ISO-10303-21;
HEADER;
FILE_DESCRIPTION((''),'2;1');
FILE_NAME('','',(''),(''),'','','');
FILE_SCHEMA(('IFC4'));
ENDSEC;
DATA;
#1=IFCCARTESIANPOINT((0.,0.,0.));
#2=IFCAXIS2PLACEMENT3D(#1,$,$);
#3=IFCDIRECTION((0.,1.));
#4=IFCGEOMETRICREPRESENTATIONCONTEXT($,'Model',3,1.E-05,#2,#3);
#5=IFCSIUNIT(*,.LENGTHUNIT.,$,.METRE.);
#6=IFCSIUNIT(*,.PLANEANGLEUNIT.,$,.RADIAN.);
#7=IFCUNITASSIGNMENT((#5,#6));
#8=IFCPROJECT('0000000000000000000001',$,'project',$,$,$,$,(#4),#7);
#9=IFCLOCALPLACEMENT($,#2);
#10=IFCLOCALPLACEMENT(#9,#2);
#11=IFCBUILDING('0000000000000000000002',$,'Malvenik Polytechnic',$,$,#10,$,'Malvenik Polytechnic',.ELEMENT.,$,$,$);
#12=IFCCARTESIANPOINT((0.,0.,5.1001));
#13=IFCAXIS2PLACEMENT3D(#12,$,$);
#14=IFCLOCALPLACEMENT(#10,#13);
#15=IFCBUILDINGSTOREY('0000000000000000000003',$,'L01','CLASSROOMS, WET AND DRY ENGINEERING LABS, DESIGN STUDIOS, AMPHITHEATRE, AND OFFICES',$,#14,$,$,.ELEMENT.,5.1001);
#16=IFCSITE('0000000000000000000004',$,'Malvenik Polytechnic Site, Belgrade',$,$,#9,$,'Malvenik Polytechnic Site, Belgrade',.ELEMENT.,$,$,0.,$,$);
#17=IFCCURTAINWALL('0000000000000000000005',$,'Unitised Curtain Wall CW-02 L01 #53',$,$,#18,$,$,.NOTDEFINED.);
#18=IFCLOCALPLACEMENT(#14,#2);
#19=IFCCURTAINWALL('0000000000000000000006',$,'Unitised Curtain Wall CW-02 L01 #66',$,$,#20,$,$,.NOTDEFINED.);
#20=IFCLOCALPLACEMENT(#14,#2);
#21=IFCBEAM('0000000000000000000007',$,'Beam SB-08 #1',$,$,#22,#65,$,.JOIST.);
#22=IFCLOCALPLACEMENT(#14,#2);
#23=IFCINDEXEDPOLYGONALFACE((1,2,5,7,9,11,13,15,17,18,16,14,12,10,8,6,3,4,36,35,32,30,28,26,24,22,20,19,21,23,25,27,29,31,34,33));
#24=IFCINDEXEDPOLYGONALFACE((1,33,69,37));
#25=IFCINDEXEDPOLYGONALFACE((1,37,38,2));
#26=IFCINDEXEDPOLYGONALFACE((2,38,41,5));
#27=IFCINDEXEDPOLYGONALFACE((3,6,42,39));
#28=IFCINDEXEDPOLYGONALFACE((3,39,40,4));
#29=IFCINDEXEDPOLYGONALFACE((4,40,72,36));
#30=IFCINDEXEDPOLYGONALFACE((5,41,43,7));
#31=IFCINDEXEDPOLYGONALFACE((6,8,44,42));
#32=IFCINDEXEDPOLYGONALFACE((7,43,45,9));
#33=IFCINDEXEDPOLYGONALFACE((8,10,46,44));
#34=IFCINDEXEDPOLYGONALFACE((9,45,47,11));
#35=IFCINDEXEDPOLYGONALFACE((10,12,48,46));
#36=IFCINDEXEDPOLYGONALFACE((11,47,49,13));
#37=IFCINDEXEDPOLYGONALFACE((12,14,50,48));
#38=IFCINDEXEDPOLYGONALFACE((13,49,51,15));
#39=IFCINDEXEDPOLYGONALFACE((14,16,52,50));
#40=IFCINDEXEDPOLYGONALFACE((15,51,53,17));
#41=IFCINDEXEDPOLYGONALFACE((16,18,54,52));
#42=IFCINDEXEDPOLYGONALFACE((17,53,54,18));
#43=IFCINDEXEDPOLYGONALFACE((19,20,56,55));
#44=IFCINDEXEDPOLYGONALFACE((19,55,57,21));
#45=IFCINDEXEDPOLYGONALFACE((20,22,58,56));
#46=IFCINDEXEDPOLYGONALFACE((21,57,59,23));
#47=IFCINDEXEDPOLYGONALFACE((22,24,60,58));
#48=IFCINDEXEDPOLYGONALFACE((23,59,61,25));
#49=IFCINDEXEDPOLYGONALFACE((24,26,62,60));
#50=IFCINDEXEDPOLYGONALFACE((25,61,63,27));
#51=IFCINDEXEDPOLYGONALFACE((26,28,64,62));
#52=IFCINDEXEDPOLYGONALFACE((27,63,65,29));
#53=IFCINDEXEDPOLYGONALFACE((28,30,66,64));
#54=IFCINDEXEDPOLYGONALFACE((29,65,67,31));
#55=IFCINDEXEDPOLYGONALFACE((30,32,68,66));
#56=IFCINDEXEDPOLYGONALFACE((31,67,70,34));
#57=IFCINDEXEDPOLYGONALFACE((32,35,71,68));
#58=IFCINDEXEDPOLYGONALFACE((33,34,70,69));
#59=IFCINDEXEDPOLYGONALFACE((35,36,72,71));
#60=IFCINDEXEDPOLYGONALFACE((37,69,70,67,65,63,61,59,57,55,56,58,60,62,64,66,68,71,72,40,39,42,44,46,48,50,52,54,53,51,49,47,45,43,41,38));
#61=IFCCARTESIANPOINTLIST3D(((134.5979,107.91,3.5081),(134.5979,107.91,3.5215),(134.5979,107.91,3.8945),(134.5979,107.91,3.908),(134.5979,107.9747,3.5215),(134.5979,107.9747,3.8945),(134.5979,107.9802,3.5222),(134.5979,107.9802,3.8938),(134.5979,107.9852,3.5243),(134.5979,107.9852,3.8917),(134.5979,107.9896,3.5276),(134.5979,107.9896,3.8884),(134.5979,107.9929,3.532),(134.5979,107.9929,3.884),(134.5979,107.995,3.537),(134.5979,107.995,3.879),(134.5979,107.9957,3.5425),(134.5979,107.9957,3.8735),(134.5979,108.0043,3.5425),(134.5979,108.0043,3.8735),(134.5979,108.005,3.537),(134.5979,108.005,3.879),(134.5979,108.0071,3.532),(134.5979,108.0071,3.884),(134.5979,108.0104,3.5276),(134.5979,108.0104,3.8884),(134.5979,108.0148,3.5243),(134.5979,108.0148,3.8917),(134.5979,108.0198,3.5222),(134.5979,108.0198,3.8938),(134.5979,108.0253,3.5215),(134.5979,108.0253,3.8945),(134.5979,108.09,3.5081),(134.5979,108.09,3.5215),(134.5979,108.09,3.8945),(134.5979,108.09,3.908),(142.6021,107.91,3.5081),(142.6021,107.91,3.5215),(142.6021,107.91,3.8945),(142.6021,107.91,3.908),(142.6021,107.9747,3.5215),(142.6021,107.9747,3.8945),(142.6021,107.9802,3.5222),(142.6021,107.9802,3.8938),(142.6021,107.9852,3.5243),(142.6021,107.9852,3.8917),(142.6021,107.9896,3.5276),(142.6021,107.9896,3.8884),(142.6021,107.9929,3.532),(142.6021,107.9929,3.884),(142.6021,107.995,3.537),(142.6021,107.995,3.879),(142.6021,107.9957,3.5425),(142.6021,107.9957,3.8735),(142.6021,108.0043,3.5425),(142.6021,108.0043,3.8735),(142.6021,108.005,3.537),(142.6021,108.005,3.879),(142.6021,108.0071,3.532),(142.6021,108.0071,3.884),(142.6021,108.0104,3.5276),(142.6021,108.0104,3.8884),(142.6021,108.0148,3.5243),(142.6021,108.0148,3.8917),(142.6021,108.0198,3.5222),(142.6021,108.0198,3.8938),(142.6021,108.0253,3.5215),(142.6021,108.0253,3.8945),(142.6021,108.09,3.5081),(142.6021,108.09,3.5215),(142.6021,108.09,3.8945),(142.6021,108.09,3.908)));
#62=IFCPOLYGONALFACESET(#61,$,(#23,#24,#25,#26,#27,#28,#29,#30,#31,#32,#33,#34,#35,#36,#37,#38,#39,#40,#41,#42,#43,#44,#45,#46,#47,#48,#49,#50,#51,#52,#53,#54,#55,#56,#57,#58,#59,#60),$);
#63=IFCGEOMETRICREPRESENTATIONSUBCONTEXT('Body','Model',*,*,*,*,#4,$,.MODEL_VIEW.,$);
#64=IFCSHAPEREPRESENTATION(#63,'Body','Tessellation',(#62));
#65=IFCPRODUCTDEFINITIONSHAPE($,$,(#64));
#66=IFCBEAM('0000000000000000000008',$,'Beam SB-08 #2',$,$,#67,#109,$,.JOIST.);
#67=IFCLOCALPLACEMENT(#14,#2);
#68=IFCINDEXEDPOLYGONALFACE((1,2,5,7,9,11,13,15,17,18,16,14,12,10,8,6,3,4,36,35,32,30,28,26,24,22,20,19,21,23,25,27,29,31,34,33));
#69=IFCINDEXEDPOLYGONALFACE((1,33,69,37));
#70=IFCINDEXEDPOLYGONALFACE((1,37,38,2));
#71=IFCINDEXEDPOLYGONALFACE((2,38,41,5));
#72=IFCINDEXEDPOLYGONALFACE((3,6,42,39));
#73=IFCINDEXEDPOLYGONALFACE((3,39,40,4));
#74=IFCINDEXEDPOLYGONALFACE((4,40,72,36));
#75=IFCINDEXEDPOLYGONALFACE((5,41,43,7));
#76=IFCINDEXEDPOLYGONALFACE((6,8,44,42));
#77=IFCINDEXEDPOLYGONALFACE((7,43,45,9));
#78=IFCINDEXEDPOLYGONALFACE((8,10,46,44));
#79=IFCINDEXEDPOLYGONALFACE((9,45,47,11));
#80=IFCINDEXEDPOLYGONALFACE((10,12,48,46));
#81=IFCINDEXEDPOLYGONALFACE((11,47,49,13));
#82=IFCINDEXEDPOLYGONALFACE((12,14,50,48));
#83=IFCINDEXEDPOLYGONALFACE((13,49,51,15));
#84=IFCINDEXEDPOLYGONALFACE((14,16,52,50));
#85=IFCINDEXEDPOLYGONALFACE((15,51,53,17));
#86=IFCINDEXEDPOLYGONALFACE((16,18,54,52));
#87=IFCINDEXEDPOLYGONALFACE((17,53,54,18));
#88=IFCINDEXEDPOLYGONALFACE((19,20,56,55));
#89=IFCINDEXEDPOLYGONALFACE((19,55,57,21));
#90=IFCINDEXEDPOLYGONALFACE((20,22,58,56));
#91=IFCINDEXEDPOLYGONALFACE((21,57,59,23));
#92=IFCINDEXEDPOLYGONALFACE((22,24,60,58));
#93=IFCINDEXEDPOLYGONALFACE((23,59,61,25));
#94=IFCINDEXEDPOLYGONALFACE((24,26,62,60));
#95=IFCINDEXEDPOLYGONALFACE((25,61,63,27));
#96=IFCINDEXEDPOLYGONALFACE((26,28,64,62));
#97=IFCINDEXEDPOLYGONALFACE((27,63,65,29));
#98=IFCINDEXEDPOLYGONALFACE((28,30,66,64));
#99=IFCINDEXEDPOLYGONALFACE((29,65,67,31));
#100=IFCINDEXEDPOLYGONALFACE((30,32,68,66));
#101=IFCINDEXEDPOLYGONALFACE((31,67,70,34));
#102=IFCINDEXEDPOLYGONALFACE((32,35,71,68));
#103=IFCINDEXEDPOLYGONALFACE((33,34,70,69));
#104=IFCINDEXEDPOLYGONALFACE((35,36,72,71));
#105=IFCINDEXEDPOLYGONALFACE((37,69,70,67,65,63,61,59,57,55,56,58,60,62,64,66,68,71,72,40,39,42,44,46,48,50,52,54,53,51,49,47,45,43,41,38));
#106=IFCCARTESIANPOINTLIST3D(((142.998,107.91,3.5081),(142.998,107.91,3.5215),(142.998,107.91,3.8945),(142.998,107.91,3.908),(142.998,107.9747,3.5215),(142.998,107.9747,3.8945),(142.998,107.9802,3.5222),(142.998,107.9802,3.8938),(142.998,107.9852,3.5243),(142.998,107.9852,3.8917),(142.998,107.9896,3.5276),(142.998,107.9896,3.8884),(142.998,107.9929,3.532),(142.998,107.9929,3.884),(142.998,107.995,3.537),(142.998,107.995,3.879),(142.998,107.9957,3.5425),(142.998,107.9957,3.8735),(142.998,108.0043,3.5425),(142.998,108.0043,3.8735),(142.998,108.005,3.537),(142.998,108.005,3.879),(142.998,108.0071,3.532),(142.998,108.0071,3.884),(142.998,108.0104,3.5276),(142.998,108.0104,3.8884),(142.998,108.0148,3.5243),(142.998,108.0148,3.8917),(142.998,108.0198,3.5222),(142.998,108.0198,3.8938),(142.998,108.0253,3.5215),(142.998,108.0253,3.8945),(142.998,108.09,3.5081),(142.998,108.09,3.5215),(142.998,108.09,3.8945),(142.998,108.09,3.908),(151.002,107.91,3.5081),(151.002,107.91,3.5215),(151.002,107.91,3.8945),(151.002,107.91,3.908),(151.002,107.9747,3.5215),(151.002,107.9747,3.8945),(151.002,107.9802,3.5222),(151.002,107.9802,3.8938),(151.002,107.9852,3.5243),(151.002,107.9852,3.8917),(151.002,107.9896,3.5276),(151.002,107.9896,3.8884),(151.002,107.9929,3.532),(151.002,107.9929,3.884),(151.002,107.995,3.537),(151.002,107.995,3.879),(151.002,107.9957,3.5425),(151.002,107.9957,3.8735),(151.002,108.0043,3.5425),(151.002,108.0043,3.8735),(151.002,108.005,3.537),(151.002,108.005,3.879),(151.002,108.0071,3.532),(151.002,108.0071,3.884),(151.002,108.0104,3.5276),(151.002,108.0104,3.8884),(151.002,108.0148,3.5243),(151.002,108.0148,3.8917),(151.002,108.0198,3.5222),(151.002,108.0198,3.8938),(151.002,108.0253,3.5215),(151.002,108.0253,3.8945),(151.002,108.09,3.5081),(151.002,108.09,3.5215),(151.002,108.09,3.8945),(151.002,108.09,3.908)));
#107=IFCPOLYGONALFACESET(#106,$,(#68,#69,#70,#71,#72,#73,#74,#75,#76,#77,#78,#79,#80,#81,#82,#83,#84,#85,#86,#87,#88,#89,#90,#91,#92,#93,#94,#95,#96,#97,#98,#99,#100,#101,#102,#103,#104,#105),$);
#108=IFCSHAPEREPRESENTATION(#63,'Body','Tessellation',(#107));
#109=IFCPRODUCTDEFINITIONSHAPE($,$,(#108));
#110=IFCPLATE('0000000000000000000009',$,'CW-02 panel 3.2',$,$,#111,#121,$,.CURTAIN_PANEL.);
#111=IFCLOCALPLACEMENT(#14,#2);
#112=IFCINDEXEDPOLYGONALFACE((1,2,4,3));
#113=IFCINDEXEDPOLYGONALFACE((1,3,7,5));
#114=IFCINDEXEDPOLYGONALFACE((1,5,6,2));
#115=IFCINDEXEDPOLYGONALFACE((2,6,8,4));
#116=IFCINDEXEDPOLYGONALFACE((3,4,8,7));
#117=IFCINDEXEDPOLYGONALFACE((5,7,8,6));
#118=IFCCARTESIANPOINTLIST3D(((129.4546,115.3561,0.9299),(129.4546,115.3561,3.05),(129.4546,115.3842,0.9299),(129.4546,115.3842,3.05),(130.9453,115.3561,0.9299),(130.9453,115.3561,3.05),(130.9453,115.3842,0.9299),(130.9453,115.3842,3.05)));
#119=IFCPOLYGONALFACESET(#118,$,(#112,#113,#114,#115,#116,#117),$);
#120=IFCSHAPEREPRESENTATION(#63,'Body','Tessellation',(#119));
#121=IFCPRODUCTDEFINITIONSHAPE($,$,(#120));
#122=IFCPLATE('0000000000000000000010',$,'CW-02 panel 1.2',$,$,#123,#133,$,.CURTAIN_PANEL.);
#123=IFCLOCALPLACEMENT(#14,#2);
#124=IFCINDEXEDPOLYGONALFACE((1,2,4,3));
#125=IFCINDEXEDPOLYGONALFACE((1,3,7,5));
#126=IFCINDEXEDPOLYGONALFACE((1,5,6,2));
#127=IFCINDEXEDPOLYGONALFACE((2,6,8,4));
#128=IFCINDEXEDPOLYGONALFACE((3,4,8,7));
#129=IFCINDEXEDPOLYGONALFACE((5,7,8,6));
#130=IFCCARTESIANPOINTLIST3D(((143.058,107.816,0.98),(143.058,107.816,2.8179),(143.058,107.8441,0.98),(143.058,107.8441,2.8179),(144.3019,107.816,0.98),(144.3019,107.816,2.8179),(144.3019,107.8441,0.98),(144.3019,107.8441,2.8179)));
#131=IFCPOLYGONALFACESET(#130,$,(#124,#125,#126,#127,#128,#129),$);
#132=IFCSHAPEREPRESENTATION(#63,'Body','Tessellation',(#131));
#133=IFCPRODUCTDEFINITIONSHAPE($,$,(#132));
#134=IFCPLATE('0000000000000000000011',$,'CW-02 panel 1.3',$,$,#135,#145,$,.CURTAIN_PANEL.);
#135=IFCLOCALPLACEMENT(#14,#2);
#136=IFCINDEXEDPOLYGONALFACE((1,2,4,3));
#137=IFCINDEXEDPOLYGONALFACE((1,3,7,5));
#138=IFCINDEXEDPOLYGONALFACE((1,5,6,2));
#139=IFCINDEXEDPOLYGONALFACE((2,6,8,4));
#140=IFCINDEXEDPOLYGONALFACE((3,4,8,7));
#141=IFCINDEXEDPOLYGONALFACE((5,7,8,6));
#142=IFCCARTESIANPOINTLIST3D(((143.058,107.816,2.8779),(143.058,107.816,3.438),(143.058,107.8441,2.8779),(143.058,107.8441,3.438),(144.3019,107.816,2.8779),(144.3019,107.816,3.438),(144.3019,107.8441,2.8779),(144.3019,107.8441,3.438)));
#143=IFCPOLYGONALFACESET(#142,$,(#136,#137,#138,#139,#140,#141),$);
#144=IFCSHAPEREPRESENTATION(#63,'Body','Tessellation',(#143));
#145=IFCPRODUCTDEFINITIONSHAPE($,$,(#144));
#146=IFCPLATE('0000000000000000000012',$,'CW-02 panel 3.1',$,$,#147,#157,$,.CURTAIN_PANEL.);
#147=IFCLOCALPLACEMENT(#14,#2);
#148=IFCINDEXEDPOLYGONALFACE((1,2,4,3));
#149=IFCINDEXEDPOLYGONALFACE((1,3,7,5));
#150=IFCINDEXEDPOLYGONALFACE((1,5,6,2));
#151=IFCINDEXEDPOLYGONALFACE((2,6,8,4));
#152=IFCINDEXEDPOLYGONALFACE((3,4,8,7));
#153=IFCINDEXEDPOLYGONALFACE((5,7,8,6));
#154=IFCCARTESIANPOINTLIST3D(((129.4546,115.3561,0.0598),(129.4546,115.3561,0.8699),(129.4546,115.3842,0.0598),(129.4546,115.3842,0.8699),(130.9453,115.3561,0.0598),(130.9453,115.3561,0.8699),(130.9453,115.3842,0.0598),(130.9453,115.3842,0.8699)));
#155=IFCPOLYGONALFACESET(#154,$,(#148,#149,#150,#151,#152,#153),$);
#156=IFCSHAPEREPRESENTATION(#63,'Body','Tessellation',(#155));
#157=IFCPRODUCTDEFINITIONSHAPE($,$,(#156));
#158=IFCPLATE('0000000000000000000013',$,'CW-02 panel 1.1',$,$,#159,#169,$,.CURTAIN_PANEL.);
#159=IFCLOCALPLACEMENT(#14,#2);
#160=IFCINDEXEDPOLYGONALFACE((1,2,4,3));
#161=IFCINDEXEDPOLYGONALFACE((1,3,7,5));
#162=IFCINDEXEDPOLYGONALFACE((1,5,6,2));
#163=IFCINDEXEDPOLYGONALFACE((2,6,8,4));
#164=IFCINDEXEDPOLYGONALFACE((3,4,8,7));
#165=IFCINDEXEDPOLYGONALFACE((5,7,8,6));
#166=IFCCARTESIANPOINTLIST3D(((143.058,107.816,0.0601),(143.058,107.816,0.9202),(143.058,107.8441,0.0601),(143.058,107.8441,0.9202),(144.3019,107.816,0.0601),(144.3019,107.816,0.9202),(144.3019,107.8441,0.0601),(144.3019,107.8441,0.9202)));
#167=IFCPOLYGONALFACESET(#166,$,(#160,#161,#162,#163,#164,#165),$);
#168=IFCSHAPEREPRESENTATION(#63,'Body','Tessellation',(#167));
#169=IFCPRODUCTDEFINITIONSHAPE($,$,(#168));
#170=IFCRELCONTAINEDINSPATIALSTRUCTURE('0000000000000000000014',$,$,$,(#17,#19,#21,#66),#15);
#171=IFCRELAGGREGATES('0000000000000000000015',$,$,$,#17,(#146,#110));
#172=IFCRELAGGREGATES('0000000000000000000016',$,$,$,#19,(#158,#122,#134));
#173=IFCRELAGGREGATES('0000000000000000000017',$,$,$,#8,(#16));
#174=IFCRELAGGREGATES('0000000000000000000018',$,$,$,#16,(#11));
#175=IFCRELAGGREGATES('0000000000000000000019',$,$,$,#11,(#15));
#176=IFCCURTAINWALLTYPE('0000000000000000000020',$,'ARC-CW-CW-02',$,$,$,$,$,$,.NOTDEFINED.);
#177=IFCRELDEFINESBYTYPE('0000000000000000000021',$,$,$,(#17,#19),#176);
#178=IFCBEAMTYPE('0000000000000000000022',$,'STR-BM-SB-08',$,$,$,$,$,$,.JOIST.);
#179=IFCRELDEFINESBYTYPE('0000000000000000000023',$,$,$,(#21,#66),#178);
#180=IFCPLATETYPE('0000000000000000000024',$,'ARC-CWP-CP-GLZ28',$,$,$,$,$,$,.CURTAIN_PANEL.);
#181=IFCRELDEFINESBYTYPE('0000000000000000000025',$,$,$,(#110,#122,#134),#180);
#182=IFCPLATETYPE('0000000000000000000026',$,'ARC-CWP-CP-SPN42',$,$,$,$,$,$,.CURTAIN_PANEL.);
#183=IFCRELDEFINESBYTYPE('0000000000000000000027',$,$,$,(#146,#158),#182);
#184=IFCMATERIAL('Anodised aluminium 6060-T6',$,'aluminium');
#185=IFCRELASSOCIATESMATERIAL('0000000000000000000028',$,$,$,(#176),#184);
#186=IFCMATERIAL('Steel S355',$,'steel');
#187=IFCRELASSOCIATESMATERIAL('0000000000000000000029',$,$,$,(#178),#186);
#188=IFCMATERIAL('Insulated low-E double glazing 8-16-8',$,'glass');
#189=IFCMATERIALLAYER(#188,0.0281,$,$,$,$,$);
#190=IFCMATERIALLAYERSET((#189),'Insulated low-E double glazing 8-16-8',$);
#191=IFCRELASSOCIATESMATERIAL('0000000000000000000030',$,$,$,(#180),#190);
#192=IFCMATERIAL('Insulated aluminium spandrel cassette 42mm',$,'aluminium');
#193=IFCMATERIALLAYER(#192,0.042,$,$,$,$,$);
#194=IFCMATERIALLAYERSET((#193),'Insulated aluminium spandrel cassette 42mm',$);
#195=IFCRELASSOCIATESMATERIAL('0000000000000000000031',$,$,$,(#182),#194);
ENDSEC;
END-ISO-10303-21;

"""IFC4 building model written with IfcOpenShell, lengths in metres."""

from ifc_helpers import new_model, si_unit, direction, frame, origin, origin_2d, place, context, subcontext, project, spatial, rectangle, i_section, extrude, material, layer, layer_set, material_profile, profile_set, type_object, element, aggregate, save


model = new_model("IFC4")

# Units and contexts
model_context = context("Model", 3, precision=1e-05, world=origin(), true_north=direction((0.0, 1.0)))
body_context = subcontext(model_context, "Body", "Model", "MODEL_VIEW")
ifc_project = project(units=[si_unit("LENGTHUNIT", "METRE"), si_unit("PLANEANGLEUNIT", "RADIAN")], contexts=[model_context])

# Site, building, storey
site_placement = place(None, origin())
site = spatial("IfcSite", under=ifc_project, at=site_placement, Name="Malvenik Polytechnic Site, Belgrade", LongName="Malvenik Polytechnic Site, Belgrade", CompositionType="ELEMENT", RefElevation=0.0)
building_placement = place(site_placement, origin())
building = spatial("IfcBuilding", under=site, at=building_placement, Name="Malvenik Polytechnic", LongName="Malvenik Polytechnic", CompositionType="ELEMENT")
storey_placement = place(building_placement, frame((0.0, 0.0, 5.1001)))
storey = spatial("IfcBuildingStorey", under=building, at=storey_placement, Name="L01", Description="CLASSROOMS, WET AND DRY ENGINEERING LABS, DESIGN STUDIOS, AMPHITHEATRE, AND OFFICES", CompositionType="ELEMENT", Elevation=5.1001)

# Curtain wall
ifc_material_1 = material(Name="Anodised aluminium 6060-T6", Category="aluminium")
curtain_wall_type = type_object("IfcCurtainWallType", Name="ARC-CW-CW-02", PredefinedType="NOTDEFINED", material=ifc_material_1)
curtain_wall_1_placement = place(storey_placement, origin())
curtain_wall_1 = element("IfcCurtainWall", 1, at=curtain_wall_1_placement, inside=storey, type_object=curtain_wall_type, Name="Unitised Curtain Wall CW-02 L01 #53", PredefinedType="NOTDEFINED")

# Curtain wall
curtain_wall_2_placement = place(storey_placement, origin())
curtain_wall_2 = element("IfcCurtainWall", 2, at=curtain_wall_2_placement, inside=storey, type_object=curtain_wall_type, Name="Unitised Curtain Wall CW-02 L01 #66", PredefinedType="NOTDEFINED")

# Beams
ifc_material_2 = material(Name="Steel S355", Category="steel")
ifc_material_profile_1 = material_profile(ifc_material_2, i_section(OverallWidth=0.1799, OverallDepth=0.3999, WebThickness=0.0085, FlangeThickness=0.0134, FilletRadius=0.021, at=origin_2d()), Name="IPE 400")
ifc_profile_set_1 = profile_set([ifc_material_profile_1], Name="Steel S355")
beam_type = type_object("IfcBeamType", Name="STR-BM-SB-08", PredefinedType="JOIST", material=ifc_profile_set_1)
beam_1_placement = place(storey_placement, frame((134.5979, 108.0, 3.708), z_axis=(1.0, 0.0, 0.0), x_axis=(0.0, 1.0, 0.0)))
element("IfcBeam", 3, at=beam_1_placement, inside=storey, type_object=beam_type, Name="Beam SB-08 #1", PredefinedType="JOIST", context=body_context, shape_type="SweptSolid", body=[
    extrude(i_section(OverallWidth=0.1799, OverallDepth=0.3999, WebThickness=0.0085, FlangeThickness=0.0134, FilletRadius=0.021, at=origin_2d()), origin(), (0.0, 0.0, 1.0), 8.0042),
])
beam_2_placement = place(storey_placement, frame((142.998, 108.0, 3.708), z_axis=(1.0, 0.0, 0.0), x_axis=(0.0, 1.0, 0.0)))
element("IfcBeam", 4, at=beam_2_placement, inside=storey, type_object=beam_type, Name="Beam SB-08 #2", PredefinedType="JOIST", context=body_context, shape_type="SweptSolid", body=[
    extrude(i_section(OverallWidth=0.1799, OverallDepth=0.3999, WebThickness=0.0085, FlangeThickness=0.0134, FilletRadius=0.021, at=origin_2d()), origin(), (0.0, 0.0, 1.0), 8.0039),
])

# Plates
ifc_material_3 = material(Name="Insulated low-E double glazing 8-16-8", Category="glass")
ifc_layer_1 = layer(ifc_material_3, 0.0281)
ifc_layer_set_1 = layer_set([ifc_layer_1], Name="Insulated low-E double glazing 8-16-8")
plate_type_1 = type_object("IfcPlateType", Name="ARC-CWP-CP-GLZ28", PredefinedType="CURTAIN_PANEL", material=ifc_layer_set_1)
plate_1_placement = place(storey_placement, frame((130.2, 115.3701, 0.9299), z_axis=(0.0, 0.0, 1.0), x_axis=(-1.0, 0.0, 0.0)))
plate_1 = element("IfcPlate", 5, at=plate_1_placement, type_object=plate_type_1, Name="CW-02 panel 3.2", PredefinedType="CURTAIN_PANEL", context=body_context, shape_type="SweptSolid", body=[
    extrude(rectangle(XDim=1.4907, YDim=0.0281, at=origin_2d()), origin(), (0.0, 0.0, 1.0), 2.1201),
])
plate_2_placement = place(storey_placement, frame((143.6799, 107.8301, 0.98), z_axis=(0.0, 0.0, 1.0), x_axis=(1.0, 0.0, 0.0)))
plate_2 = element("IfcPlate", 6, at=plate_2_placement, type_object=plate_type_1, Name="CW-02 panel 1.2", PredefinedType="CURTAIN_PANEL", context=body_context, shape_type="SweptSolid", body=[
    extrude(rectangle(XDim=1.2439, YDim=0.0281, at=origin_2d()), origin(), (0.0, 0.0, 1.0), 1.8379),
])
plate_3_placement = place(storey_placement, frame((143.6799, 107.8301, 2.8779), z_axis=(0.0, 0.0, 1.0), x_axis=(1.0, 0.0, 0.0)))
plate_3 = element("IfcPlate", 7, at=plate_3_placement, type_object=plate_type_1, Name="CW-02 panel 1.3", PredefinedType="CURTAIN_PANEL", context=body_context, shape_type="SweptSolid", body=[
    extrude(rectangle(XDim=1.2439, YDim=0.0281, at=origin_2d()), origin(), (0.0, 0.0, 1.0), 0.5601),
])
ifc_material_4 = material(Name="Insulated aluminium spandrel cassette 42mm", Category="aluminium")
ifc_layer_2 = layer(ifc_material_4, 0.042)
ifc_layer_set_2 = layer_set([ifc_layer_2], Name="Insulated aluminium spandrel cassette 42mm")
plate_type_2 = type_object("IfcPlateType", Name="ARC-CWP-CP-SPN42", PredefinedType="CURTAIN_PANEL", material=ifc_layer_set_2)
plate_4_placement = place(storey_placement, frame((130.2, 115.3701, 0.0598), z_axis=(0.0, 0.0, 1.0), x_axis=(-1.0, 0.0, 0.0)))
plate_4 = element("IfcPlate", 8, at=plate_4_placement, type_object=plate_type_2, Name="CW-02 panel 3.1", PredefinedType="CURTAIN_PANEL", context=body_context, shape_type="SweptSolid", body=[
    extrude(rectangle(XDim=1.4907, YDim=0.0281, at=origin_2d()), origin(), (0.0, 0.0, 1.0), 0.8101),
])
aggregate(curtain_wall_1, [plate_4, plate_1])
plate_5_placement = place(storey_placement, frame((143.6799, 107.8301, 0.0601), z_axis=(0.0, 0.0, 1.0), x_axis=(1.0, 0.0, 0.0)))
plate_5 = element("IfcPlate", 9, at=plate_5_placement, type_object=plate_type_2, Name="CW-02 panel 1.1", PredefinedType="CURTAIN_PANEL", context=body_context, shape_type="SweptSolid", body=[
    extrude(rectangle(XDim=1.2439, YDim=0.0281, at=origin_2d()), origin(), (0.0, 0.0, 1.0), 0.8601),
])
aggregate(curtain_wall_2, [plate_5, plate_2, plate_3])

save(model, "model.ifc")
